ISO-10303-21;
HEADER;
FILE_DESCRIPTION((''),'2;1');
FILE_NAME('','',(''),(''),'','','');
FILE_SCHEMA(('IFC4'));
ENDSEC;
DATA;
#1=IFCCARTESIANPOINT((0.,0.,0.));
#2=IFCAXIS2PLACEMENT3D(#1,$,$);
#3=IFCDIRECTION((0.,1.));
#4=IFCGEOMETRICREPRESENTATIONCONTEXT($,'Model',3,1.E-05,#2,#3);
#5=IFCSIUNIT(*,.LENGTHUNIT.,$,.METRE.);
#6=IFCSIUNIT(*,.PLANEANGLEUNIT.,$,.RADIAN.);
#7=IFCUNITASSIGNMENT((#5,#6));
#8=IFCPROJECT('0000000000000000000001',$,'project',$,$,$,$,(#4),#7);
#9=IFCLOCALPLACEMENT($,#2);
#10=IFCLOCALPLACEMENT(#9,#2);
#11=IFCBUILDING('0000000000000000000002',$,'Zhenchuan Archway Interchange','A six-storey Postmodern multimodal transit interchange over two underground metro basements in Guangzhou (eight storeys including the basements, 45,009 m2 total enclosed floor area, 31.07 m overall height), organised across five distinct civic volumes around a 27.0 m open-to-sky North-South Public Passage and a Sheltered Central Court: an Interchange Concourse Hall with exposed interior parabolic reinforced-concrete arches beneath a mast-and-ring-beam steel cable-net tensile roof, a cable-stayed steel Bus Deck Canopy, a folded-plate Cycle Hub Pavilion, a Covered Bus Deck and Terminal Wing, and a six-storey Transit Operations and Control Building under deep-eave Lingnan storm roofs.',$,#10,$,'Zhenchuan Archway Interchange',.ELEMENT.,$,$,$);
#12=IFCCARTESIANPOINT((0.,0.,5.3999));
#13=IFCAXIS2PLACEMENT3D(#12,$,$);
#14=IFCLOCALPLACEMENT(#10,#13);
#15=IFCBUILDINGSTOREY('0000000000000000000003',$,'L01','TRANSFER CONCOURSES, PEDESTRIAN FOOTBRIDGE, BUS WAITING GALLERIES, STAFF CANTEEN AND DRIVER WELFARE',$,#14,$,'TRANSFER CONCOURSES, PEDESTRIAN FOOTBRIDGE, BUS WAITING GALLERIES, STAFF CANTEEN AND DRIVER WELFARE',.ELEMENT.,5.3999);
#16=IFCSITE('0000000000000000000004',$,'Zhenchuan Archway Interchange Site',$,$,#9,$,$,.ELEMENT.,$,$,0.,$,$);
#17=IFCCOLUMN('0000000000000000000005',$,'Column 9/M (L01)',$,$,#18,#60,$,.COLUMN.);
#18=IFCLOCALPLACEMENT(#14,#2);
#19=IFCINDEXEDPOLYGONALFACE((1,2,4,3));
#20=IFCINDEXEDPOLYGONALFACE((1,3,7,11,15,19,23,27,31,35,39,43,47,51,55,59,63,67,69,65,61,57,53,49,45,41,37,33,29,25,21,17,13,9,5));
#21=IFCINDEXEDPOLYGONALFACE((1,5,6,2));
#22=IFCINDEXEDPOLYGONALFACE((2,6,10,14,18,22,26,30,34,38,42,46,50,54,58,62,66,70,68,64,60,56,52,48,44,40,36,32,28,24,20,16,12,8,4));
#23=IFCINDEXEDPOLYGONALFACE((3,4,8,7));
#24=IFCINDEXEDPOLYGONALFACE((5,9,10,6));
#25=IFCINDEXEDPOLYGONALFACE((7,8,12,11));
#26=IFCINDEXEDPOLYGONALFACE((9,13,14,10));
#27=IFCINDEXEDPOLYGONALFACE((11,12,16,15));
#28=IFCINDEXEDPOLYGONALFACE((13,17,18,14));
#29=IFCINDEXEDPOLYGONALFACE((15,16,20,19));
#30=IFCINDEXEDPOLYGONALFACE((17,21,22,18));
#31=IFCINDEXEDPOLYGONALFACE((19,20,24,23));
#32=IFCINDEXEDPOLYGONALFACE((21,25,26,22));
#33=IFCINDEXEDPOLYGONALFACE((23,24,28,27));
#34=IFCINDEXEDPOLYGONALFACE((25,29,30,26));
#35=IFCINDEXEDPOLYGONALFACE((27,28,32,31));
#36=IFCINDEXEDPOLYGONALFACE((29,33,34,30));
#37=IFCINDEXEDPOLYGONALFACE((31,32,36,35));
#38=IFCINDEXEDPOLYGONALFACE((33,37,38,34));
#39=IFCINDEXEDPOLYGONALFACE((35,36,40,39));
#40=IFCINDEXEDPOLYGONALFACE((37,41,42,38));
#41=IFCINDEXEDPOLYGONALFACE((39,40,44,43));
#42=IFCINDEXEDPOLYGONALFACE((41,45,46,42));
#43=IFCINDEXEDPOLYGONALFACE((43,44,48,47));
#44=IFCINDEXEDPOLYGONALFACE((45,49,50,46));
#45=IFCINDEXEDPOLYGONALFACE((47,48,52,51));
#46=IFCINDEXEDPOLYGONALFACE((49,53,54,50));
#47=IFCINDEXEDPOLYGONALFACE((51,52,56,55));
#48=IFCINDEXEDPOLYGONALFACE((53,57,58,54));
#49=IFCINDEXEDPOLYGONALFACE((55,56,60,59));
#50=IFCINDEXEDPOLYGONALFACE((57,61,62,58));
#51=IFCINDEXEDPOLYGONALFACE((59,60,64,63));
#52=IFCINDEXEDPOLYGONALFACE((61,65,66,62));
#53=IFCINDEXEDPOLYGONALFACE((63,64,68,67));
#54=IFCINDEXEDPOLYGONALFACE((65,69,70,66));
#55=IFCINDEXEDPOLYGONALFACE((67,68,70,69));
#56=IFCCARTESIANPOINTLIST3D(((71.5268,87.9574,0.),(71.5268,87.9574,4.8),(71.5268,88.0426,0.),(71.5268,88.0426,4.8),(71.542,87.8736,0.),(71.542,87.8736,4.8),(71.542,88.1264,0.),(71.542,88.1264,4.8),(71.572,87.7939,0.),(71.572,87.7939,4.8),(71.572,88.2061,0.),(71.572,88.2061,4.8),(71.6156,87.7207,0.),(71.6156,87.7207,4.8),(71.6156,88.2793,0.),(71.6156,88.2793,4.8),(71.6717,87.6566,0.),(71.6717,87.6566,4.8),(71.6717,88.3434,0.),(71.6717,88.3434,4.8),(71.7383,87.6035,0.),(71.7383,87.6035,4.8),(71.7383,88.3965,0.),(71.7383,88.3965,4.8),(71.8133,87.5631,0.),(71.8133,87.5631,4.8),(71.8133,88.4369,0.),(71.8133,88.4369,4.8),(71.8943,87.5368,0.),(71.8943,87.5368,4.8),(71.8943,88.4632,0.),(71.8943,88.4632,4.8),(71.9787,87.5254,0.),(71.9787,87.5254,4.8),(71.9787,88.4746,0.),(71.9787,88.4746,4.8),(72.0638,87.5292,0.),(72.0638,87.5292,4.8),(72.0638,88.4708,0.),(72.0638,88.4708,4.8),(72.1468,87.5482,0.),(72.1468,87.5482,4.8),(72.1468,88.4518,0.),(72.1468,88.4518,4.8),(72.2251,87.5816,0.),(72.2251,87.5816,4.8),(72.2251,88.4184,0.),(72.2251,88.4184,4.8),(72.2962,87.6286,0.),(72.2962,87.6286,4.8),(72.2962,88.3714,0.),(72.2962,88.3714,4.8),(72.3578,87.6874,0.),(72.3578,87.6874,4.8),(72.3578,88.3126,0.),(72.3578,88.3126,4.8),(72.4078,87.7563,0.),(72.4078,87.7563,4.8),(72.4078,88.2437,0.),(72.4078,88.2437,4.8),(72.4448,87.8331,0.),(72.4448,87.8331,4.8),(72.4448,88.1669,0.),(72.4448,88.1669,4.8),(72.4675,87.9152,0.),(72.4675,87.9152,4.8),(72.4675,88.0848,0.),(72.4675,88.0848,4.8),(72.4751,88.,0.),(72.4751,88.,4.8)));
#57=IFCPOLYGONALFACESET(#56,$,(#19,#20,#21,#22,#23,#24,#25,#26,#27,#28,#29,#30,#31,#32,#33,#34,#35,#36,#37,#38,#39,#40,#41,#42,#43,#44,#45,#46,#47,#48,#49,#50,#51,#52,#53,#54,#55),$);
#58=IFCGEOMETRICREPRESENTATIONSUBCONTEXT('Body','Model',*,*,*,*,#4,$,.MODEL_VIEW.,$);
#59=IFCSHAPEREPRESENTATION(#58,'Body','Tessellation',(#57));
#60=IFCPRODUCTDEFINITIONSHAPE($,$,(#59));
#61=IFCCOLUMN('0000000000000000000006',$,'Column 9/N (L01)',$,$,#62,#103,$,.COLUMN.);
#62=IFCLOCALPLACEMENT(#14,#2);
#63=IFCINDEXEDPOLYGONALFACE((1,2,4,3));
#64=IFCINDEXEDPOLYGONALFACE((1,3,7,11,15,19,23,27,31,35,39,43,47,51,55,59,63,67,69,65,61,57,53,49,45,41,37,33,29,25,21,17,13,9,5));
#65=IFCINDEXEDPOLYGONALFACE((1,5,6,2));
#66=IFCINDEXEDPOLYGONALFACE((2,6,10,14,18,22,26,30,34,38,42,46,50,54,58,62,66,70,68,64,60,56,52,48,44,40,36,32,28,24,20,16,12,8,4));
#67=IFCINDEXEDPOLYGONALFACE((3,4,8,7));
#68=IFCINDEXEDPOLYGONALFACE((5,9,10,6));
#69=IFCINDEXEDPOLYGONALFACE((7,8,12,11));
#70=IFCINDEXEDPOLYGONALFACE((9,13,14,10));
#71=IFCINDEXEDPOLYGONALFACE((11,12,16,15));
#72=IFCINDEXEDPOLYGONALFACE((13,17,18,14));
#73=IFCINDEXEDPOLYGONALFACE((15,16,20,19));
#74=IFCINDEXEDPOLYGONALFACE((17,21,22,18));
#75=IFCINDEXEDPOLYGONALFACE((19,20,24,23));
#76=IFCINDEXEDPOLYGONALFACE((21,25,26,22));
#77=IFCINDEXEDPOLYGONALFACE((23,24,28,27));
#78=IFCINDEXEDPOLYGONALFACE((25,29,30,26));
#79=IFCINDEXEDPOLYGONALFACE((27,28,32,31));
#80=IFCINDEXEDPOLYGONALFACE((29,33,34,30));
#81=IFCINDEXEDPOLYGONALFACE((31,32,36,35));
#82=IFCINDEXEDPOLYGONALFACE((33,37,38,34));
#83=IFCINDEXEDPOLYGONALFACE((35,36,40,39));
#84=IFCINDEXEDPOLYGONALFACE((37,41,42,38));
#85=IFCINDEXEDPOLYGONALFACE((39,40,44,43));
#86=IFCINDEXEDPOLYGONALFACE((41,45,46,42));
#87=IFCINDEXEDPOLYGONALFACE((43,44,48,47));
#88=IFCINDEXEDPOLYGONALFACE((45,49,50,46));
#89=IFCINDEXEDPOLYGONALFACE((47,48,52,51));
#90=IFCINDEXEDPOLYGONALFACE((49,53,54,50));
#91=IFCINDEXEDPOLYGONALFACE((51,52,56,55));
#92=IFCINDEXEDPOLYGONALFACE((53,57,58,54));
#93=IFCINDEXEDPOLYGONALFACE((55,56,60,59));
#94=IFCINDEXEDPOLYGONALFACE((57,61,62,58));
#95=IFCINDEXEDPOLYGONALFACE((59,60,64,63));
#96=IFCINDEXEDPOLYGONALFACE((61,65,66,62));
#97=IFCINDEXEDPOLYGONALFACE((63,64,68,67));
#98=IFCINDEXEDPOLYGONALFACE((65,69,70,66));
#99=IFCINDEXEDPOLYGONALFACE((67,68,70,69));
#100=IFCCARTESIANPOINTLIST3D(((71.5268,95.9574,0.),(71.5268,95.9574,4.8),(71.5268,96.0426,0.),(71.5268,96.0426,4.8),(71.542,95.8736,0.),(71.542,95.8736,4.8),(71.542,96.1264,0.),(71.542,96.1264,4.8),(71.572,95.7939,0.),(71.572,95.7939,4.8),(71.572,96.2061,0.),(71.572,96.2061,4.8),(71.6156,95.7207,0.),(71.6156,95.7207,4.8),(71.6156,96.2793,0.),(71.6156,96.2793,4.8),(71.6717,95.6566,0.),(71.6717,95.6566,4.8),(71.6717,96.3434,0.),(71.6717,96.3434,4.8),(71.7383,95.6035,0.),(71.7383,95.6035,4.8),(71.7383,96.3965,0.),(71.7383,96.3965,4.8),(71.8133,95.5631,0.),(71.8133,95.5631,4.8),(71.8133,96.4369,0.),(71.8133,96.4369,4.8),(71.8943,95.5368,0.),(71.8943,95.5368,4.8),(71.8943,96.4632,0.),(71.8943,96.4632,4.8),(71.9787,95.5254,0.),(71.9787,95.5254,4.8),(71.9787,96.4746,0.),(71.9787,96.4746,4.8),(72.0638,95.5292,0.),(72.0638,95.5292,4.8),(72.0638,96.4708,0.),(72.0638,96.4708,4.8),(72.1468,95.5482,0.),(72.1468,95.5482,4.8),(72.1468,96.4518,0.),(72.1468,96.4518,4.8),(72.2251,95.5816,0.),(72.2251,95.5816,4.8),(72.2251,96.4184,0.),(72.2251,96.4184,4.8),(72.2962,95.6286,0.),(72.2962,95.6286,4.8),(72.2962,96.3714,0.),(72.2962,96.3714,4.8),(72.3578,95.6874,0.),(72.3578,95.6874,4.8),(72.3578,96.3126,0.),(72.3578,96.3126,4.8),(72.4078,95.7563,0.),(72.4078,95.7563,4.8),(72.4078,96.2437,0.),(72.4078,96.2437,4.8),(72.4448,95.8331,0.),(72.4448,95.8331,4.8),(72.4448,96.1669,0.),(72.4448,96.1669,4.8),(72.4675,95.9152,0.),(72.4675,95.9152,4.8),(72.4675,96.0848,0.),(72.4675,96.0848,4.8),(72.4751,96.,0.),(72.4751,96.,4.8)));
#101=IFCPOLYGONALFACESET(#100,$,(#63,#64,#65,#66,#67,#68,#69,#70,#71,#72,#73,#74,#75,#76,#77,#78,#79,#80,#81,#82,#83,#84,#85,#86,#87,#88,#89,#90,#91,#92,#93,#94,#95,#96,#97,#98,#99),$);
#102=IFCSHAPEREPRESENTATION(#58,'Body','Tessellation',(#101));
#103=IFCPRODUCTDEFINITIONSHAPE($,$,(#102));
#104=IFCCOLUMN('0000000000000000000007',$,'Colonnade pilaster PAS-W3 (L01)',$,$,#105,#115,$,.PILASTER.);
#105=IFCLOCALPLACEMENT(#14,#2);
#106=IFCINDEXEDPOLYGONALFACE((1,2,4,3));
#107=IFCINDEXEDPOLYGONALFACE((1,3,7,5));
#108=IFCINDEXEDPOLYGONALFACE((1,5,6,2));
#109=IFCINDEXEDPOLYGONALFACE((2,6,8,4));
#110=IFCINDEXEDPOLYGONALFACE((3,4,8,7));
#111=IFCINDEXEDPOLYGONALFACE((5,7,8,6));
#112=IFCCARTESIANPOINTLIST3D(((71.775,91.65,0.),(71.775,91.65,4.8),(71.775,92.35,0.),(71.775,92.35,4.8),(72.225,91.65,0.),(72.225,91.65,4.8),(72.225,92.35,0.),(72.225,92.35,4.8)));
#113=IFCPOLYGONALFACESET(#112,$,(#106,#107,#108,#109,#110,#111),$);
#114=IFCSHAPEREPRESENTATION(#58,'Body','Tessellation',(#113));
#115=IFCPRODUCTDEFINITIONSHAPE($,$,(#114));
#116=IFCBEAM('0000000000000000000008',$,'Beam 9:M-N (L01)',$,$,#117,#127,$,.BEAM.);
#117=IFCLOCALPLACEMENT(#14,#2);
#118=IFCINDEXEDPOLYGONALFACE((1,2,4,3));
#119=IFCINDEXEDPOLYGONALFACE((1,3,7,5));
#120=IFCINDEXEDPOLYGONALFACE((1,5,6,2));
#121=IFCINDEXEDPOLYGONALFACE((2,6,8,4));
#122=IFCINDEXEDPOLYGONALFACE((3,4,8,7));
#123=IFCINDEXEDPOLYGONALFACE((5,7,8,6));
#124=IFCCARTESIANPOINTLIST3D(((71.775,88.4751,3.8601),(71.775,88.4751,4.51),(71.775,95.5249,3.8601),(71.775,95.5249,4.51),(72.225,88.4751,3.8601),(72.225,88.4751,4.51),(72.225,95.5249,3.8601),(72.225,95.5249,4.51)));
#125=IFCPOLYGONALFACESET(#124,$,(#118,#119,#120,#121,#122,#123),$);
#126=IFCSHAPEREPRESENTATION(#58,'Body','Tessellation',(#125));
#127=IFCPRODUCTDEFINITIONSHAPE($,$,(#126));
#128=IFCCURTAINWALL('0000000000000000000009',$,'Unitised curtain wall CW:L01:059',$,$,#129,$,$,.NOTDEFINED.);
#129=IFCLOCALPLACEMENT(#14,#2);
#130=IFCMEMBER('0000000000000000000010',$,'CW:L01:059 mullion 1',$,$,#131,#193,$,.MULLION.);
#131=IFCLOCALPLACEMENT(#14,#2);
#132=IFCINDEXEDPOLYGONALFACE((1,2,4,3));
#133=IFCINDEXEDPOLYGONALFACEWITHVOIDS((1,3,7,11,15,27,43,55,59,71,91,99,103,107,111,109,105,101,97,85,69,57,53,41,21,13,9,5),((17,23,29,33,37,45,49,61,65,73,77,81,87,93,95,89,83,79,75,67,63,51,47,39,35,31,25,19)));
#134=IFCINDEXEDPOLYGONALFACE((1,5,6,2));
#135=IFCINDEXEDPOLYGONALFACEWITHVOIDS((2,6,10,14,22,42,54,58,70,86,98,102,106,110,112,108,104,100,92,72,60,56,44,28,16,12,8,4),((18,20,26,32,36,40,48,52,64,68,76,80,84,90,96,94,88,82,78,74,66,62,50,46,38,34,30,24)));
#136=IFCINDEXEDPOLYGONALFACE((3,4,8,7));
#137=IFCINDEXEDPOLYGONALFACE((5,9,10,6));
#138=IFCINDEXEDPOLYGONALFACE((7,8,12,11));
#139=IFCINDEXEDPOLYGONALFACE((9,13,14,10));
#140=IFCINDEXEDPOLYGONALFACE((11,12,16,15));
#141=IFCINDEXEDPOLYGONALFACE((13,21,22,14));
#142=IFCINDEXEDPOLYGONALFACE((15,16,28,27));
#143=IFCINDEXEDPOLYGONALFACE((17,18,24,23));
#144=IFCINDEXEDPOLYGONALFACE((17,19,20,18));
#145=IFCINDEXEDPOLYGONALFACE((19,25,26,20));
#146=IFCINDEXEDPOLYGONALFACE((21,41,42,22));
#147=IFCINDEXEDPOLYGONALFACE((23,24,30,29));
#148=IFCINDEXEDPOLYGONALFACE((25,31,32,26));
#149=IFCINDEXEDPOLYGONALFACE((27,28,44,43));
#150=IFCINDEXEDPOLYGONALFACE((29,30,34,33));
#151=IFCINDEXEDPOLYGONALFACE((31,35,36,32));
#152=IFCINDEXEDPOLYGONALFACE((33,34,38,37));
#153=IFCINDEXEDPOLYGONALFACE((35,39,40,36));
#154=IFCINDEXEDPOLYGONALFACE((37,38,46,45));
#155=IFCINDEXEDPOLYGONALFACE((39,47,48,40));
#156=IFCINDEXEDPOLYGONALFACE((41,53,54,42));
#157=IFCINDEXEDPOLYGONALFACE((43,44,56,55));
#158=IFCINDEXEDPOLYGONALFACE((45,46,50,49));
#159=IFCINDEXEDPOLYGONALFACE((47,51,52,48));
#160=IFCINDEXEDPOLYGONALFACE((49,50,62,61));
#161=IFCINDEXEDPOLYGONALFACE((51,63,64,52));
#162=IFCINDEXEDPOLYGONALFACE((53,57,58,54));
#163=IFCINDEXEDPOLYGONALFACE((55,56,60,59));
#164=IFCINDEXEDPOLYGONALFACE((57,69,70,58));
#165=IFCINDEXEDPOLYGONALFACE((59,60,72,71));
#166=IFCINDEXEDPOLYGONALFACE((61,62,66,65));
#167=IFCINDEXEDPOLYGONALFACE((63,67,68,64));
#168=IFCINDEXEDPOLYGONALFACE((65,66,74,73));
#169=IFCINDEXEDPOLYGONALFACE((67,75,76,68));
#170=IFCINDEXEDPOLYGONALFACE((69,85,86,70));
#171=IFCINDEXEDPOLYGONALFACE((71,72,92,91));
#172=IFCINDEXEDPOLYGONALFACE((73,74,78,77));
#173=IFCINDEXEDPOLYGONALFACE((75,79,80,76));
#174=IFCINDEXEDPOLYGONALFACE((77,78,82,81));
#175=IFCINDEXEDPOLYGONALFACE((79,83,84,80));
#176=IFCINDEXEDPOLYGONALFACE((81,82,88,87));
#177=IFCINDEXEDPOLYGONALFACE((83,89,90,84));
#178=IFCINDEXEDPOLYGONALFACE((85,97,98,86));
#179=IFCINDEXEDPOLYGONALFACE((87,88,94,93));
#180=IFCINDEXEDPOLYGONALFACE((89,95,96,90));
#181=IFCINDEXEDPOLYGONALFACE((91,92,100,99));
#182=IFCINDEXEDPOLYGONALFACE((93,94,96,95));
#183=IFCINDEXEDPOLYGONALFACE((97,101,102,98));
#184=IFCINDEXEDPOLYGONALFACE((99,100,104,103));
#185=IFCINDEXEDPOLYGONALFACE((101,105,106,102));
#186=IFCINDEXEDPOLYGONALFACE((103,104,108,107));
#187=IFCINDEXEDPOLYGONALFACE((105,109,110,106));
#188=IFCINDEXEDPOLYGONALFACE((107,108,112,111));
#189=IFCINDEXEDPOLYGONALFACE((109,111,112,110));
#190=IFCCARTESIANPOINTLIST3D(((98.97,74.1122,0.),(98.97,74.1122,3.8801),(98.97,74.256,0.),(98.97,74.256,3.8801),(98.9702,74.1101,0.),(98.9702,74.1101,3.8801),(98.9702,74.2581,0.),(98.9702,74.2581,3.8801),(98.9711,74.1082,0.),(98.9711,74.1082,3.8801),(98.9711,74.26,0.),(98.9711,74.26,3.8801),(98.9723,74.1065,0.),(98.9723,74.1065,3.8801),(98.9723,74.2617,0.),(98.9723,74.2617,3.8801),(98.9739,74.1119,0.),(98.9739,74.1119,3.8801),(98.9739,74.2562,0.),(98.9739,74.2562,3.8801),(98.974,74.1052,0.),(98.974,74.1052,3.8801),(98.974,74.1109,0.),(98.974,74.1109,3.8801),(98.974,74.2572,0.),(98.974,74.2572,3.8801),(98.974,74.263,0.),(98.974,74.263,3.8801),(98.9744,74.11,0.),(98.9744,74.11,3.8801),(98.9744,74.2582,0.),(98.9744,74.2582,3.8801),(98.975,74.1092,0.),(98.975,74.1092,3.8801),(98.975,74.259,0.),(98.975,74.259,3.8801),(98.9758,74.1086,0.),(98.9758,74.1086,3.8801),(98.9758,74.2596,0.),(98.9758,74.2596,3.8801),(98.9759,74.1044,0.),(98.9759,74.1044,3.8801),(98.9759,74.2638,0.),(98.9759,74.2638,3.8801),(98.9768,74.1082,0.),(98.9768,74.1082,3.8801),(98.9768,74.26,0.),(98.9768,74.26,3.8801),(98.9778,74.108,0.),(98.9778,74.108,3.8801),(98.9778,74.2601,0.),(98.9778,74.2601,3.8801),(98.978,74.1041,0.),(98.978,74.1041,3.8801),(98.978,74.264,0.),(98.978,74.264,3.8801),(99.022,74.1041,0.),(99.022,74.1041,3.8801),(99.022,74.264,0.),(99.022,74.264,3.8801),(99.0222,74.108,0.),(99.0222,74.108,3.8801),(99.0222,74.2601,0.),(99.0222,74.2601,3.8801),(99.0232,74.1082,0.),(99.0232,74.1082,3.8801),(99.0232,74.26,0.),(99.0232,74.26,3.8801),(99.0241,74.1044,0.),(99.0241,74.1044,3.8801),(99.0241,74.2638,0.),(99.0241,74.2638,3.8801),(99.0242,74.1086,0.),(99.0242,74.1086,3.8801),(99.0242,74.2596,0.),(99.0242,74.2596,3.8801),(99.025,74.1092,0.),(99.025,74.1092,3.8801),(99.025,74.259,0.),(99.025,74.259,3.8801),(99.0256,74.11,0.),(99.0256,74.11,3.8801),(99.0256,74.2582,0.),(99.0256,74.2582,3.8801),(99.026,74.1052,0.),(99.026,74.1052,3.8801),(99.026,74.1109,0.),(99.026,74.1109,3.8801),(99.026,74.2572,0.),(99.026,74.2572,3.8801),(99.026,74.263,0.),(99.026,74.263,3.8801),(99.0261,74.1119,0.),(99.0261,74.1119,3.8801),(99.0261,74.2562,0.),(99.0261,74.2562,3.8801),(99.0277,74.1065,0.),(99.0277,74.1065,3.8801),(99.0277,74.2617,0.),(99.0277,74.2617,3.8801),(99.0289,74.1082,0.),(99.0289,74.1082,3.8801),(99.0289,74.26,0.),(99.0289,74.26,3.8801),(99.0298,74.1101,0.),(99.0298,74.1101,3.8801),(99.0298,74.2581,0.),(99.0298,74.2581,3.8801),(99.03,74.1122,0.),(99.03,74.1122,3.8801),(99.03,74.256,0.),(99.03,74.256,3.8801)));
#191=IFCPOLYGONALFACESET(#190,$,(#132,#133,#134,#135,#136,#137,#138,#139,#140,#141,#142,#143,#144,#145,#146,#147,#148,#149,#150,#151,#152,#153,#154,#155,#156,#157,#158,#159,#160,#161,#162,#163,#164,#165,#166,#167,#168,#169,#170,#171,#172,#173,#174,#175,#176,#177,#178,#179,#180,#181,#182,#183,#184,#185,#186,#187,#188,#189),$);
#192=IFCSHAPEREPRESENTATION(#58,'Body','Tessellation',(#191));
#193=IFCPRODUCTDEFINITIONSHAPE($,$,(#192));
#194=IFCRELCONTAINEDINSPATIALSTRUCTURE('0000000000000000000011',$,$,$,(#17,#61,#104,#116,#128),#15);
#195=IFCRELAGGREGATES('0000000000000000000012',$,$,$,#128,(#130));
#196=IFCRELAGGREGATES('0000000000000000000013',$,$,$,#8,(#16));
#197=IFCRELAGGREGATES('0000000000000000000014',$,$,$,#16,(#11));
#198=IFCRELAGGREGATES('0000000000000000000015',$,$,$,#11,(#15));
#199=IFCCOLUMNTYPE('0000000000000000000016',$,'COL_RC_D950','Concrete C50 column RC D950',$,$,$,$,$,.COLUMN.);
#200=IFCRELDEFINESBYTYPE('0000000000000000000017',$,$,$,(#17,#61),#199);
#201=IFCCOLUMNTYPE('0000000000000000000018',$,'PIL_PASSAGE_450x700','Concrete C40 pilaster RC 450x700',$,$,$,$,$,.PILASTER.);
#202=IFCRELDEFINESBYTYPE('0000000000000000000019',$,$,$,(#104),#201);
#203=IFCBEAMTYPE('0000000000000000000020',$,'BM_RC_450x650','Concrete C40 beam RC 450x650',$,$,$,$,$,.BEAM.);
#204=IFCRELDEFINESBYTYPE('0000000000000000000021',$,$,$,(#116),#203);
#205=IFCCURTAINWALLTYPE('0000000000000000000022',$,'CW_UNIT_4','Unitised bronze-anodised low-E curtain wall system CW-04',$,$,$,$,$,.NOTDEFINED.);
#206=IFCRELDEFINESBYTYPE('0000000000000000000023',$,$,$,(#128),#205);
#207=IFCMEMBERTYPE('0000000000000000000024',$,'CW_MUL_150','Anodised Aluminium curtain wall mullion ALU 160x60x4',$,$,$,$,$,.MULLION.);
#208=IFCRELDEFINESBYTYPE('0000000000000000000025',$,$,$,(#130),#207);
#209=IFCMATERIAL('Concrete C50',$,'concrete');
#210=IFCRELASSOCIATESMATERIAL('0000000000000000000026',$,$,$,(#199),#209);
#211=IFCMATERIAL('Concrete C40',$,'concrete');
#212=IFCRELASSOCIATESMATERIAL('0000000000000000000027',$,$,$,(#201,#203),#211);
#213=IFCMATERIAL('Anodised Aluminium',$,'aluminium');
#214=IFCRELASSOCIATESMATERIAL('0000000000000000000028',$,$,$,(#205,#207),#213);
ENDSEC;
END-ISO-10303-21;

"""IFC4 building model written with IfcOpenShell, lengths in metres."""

from ifc_helpers import new_model, si_unit, direction, frame, origin, origin_2d, place, context, subcontext, project, spatial, rectangle, hollow_rectangle, circle, extrude, material, material_profile, profile_set, type_object, element, aggregate, save


model = new_model("IFC4")

# Units and contexts
model_context = context("Model", 3, precision=1e-05, world=origin(), true_north=direction((0.0, 1.0)))
body_context = subcontext(model_context, "Body", "Model", "MODEL_VIEW")
ifc_project = project(units=[si_unit("LENGTHUNIT", "METRE"), si_unit("PLANEANGLEUNIT", "RADIAN")], contexts=[model_context])

# Site, building, storey
site_placement = place(None, origin())
site = spatial("IfcSite", under=ifc_project, at=site_placement, Name="Zhenchuan Archway Interchange Site", CompositionType="ELEMENT", RefElevation=0.0)
building_placement = place(site_placement, origin())
building = spatial("IfcBuilding", under=site, at=building_placement, Name="Zhenchuan Archway Interchange", Description="A six-storey Postmodern multimodal transit interchange over two underground metro basements in Guangzhou (eight storeys including the basements, 45,009 m2 total enclosed floor area, 31.07 m overall height), organised across five distinct civic volumes around a 27.0 m open-to-sky North-South Public Passage and a Sheltered Central Court: an Interchange Concourse Hall with exposed interior parabolic reinforced-concrete arches beneath a mast-and-ring-beam steel cable-net tensile roof, a cable-stayed steel Bus Deck Canopy, a folded-plate Cycle Hub Pavilion, a Covered Bus Deck and Terminal Wing, and a six-storey Transit Operations and Control Building under deep-eave Lingnan storm roofs.", LongName="Zhenchuan Archway Interchange", CompositionType="ELEMENT")
storey_placement = place(building_placement, frame((0.0, 0.0, 5.3999)))
storey = spatial("IfcBuildingStorey", under=building, at=storey_placement, Name="L01", Description="TRANSFER CONCOURSES, PEDESTRIAN FOOTBRIDGE, BUS WAITING GALLERIES, STAFF CANTEEN AND DRIVER WELFARE", LongName="TRANSFER CONCOURSES, PEDESTRIAN FOOTBRIDGE, BUS WAITING GALLERIES, STAFF CANTEEN AND DRIVER WELFARE", CompositionType="ELEMENT", Elevation=5.3999)

# Columns
ifc_material_1 = material(Name="Concrete C50", Category="concrete")
ifc_material_profile_1 = material_profile(ifc_material_1, circle(Radius=0.4751, at=origin_2d()), Name="RC D950")
ifc_profile_set_1 = profile_set([ifc_material_profile_1], Name="Concrete C50")
column_type_1 = type_object("IfcColumnType", Name="COL_RC_D950", Description="Concrete C50 column RC D950", PredefinedType="COLUMN", material=ifc_profile_set_1)
for number, where, z_axis, x_axis, name in (
    (1, (72.0, 88.0, 0.0), (0.0, 0.0, 1.0), (1.0, 0.0, 0.0), "Column 9/M (L01)"),
    (2, (72.0, 96.0, 0.0), (0.0, 0.0, 1.0), (1.0, 0.0, 0.0), "Column 9/N (L01)"),
):
    element("IfcColumn", number, at=place(storey_placement, frame(where, z_axis=z_axis, x_axis=x_axis)), inside=storey, type_object=column_type_1, Name=name, PredefinedType="COLUMN", context=body_context, shape_type="SweptSolid", body=[
        extrude(circle(Radius=0.4751, at=origin_2d()), origin(), (0.0, 0.0, 1.0), 4.8),
    ])
ifc_material_2 = material(Name="Concrete C40", Category="concrete")
ifc_material_profile_2 = material_profile(ifc_material_2, rectangle(XDim=0.45, YDim=0.7, at=origin_2d()), Name="RC 450x700")
ifc_profile_set_2 = profile_set([ifc_material_profile_2], Name="Concrete C40")
column_type_2 = type_object("IfcColumnType", Name="PIL_PASSAGE_450x700", Description="Concrete C40 pilaster RC 450x700", PredefinedType="PILASTER", material=ifc_profile_set_2)
column_placement = place(storey_placement, frame((72.0, 92.0, 0.0), z_axis=(0.0, 0.0, 1.0), x_axis=(1.0, 0.0, 0.0)))
element("IfcColumn", 3, at=column_placement, inside=storey, type_object=column_type_2, Name="Colonnade pilaster PAS-W3 (L01)", PredefinedType="PILASTER", context=body_context, shape_type="SweptSolid", body=[
    extrude(rectangle(XDim=0.45, YDim=0.7, at=origin_2d()), origin(), (0.0, 0.0, 1.0), 4.8),
])

# Beam
ifc_material_profile_3 = material_profile(ifc_material_2, rectangle(XDim=0.45, YDim=0.6499, at=origin_2d()), Name="RC 450x650")
ifc_profile_set_3 = profile_set([ifc_material_profile_3], Name="Concrete C40")
beam_type = type_object("IfcBeamType", Name="BM_RC_450x650", Description="Concrete C40 beam RC 450x650", PredefinedType="BEAM", material=ifc_profile_set_3)
beam_placement = place(storey_placement, frame((72.0, 88.4751, 4.1851), z_axis=(0.0, 1.0, 0.0), x_axis=(-1.0, 0.0, 0.0)))
element("IfcBeam", 4, at=beam_placement, inside=storey, type_object=beam_type, Name="Beam 9:M-N (L01)", PredefinedType="BEAM", context=body_context, shape_type="SweptSolid", body=[
    extrude(rectangle(XDim=0.45, YDim=0.6499, at=origin_2d()), origin(), (0.0, 0.0, 1.0), 7.0498),
])

# Curtain wall, member
ifc_material_3 = material(Name="Anodised Aluminium", Category="aluminium")
curtain_wall_type = type_object("IfcCurtainWallType", Name="CW_UNIT_4", Description="Unitised bronze-anodised low-E curtain wall system CW-04", PredefinedType="NOTDEFINED", material=ifc_material_3)
curtain_wall_placement = place(storey_placement, origin())
curtain_wall = element("IfcCurtainWall", 5, at=curtain_wall_placement, inside=storey, type_object=curtain_wall_type, Name="Unitised curtain wall CW:L01:059", PredefinedType="NOTDEFINED")
ifc_material_profile_4 = material_profile(ifc_material_3, hollow_rectangle(XDim=0.0601, YDim=0.1599, WallThickness=0.0039, InnerFilletRadius=0.0039, OuterFilletRadius=0.0081, at=origin_2d()), Name="ALU 160x60x4")
ifc_profile_set_4 = profile_set([ifc_material_profile_4], Name="Anodised Aluminium")
member_type_1 = type_object("IfcMemberType", Name="CW_MUL_150", Description="Anodised Aluminium curtain wall mullion ALU 160x60x4", PredefinedType="MULLION", material=ifc_profile_set_4)
member_1_placement = place(storey_placement, frame((99.0, 74.1841, 0.0), z_axis=(0.0, 0.0, 1.0), x_axis=(1.0, 0.0, 0.0)))
member_1 = element("IfcMember", 6, at=member_1_placement, type_object=member_type_1, Name="CW:L01:059 mullion 1", PredefinedType="MULLION", context=body_context, shape_type="SweptSolid", body=[
    extrude(hollow_rectangle(XDim=0.0601, YDim=0.1599, WallThickness=0.0039, InnerFilletRadius=0.0039, OuterFilletRadius=0.0081, at=origin_2d()), origin(), (0.0, 0.0, 1.0), 3.8801),
])
aggregate(curtain_wall, [member_1])

save(model, "model.ifc")
